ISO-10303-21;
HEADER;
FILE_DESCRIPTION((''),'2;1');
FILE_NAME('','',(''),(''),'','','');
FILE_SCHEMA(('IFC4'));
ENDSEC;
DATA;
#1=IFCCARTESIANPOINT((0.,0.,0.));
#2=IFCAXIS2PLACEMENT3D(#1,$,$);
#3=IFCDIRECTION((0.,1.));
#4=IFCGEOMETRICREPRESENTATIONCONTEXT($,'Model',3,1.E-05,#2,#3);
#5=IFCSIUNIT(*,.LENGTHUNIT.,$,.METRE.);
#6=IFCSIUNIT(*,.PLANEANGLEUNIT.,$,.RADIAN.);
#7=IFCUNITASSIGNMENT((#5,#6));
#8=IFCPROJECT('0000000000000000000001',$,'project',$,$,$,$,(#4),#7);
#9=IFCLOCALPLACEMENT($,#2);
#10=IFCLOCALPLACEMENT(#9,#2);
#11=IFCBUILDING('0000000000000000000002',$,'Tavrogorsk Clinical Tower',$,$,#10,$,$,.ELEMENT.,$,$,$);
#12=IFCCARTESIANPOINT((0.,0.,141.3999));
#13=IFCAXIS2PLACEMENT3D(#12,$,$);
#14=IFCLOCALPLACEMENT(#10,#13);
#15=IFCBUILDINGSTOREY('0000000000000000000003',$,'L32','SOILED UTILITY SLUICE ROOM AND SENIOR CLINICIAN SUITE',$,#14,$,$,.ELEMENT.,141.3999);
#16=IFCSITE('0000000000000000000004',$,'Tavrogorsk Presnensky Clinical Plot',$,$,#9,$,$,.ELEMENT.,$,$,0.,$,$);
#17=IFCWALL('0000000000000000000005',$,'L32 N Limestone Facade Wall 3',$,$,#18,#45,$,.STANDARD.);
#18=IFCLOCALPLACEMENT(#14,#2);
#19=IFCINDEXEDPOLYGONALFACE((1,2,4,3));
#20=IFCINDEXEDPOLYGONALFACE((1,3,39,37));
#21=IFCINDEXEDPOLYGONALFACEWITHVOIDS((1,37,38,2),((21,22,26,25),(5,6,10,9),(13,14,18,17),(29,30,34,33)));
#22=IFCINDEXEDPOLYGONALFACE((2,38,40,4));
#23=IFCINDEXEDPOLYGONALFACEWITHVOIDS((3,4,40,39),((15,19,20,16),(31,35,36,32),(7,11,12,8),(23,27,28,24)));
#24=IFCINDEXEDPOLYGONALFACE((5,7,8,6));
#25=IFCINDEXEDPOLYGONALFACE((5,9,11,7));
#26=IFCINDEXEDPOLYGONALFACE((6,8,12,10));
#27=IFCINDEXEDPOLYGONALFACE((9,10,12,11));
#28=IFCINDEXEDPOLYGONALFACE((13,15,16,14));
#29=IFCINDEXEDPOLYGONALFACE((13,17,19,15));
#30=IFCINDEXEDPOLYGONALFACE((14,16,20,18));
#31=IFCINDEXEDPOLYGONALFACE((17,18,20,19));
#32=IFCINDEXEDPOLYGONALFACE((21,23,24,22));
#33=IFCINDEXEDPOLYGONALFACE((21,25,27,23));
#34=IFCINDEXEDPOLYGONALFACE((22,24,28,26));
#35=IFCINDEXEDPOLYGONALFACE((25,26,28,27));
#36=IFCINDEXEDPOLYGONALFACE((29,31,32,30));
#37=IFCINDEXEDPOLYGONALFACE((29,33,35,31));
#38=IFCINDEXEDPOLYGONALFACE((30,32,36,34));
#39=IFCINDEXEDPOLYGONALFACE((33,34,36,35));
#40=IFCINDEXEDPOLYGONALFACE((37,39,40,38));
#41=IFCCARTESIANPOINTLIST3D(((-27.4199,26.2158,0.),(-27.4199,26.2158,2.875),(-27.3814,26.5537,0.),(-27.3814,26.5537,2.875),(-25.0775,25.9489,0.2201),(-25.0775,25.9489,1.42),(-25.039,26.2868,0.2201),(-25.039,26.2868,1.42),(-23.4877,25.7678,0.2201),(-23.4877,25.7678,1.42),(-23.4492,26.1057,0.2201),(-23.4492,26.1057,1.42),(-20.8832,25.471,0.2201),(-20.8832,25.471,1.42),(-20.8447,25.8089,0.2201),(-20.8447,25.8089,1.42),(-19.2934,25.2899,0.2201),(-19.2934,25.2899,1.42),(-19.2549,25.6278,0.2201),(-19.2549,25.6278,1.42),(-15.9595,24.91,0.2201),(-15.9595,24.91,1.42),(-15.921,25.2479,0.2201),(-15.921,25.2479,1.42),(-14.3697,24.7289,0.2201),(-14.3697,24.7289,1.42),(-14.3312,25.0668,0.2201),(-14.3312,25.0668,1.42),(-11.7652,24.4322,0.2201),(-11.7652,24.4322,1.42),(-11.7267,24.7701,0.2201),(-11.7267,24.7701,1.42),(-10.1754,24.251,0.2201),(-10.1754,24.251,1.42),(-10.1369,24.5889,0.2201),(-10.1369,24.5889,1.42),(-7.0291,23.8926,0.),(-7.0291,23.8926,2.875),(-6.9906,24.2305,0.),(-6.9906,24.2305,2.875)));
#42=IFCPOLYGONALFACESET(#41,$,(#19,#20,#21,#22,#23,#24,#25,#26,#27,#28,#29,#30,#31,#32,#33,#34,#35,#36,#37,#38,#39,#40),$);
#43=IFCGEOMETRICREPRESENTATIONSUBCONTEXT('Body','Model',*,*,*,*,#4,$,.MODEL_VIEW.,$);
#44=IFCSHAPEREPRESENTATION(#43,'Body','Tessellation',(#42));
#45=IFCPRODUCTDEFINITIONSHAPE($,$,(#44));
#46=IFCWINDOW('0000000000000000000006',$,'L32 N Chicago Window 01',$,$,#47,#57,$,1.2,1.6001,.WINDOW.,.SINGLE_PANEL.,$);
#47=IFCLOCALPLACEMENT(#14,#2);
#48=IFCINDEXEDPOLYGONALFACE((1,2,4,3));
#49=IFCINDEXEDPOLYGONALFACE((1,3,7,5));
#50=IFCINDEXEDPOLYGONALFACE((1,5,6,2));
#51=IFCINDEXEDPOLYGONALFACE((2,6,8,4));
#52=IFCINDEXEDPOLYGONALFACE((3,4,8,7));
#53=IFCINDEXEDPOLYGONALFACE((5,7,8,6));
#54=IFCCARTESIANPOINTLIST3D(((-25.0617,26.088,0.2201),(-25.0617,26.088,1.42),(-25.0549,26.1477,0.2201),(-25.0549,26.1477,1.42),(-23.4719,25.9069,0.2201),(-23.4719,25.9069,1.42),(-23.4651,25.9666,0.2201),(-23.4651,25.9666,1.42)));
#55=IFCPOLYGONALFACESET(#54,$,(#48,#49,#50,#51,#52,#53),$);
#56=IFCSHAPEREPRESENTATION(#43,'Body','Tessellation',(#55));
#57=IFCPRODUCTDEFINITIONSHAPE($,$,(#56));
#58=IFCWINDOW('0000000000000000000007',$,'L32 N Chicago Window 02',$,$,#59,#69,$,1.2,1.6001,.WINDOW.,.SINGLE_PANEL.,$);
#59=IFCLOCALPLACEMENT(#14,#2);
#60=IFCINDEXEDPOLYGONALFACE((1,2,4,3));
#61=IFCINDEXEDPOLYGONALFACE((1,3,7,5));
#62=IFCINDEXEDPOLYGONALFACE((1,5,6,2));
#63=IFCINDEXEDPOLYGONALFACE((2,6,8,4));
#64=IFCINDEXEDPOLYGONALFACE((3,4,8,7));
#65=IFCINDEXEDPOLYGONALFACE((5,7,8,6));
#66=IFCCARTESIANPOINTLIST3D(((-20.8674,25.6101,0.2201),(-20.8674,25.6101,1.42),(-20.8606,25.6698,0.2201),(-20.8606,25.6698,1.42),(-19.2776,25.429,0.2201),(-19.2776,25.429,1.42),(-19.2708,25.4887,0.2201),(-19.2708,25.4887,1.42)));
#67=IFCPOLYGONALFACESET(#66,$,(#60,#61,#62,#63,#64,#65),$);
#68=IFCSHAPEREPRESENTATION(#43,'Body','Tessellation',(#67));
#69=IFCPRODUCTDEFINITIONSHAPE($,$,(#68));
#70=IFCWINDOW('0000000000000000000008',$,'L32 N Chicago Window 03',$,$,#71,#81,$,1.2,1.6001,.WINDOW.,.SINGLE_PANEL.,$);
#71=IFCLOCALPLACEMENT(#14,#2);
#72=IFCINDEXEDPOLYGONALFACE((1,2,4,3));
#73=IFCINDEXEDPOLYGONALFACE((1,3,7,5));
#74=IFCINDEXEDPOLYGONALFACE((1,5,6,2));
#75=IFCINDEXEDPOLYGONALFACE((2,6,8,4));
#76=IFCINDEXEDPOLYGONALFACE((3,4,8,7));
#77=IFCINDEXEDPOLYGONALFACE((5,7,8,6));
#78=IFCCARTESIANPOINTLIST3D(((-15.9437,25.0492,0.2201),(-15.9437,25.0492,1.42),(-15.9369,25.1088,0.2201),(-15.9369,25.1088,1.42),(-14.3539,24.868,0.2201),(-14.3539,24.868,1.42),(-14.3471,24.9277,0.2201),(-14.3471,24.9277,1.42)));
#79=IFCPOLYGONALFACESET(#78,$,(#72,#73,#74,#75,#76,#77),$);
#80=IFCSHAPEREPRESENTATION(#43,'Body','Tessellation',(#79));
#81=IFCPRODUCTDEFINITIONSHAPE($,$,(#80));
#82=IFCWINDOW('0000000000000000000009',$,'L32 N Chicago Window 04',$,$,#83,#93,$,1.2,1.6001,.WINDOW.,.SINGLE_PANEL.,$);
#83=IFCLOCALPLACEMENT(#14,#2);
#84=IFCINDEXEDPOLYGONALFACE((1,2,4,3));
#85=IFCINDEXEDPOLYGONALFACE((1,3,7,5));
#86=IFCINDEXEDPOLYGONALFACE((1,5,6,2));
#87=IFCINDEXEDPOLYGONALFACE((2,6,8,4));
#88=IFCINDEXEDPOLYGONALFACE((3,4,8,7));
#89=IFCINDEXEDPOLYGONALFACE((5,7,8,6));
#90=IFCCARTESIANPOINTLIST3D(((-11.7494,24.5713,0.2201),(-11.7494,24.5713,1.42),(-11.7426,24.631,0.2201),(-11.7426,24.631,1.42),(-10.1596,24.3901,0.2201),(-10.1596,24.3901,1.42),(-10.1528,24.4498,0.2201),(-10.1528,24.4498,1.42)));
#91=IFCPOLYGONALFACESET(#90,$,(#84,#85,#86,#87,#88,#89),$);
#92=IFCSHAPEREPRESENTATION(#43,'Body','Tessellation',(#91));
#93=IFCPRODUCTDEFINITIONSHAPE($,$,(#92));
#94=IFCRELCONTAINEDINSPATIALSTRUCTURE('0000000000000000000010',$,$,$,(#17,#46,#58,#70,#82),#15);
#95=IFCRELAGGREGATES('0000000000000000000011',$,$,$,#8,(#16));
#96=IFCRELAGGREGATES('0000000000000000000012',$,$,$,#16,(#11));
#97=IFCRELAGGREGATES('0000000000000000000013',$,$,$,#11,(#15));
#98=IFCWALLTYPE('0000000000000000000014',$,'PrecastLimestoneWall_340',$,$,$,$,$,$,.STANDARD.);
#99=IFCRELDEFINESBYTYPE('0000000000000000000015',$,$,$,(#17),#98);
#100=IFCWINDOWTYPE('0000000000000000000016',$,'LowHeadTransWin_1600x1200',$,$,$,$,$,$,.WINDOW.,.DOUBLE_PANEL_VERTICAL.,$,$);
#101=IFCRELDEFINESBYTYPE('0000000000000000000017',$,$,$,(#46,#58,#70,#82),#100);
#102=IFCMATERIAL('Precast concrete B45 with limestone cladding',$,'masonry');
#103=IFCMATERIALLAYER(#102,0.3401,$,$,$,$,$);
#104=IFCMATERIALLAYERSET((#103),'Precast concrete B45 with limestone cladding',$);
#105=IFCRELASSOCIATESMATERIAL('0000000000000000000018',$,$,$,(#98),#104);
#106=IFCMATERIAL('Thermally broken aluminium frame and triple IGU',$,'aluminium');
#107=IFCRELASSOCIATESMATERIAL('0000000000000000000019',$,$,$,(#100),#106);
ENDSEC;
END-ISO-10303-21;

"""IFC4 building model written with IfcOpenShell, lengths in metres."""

from ifc_helpers import new_model, si_unit, direction, frame, frame_2d, origin, place, context, subcontext, project, spatial, rectangle, extrude, material, layer, layer_set, type_object, element, fill, save


model = new_model("IFC4")

# Units and contexts
model_context = context("Model", 3, precision=1e-05, world=origin(), true_north=direction((0.0, 1.0)))
body_context = subcontext(model_context, "Body", "Model", "MODEL_VIEW")
ifc_project = project(units=[si_unit("LENGTHUNIT", "METRE"), si_unit("PLANEANGLEUNIT", "RADIAN")], contexts=[model_context])

# Site, building, storey
site_placement = place(None, origin())
site = spatial("IfcSite", under=ifc_project, at=site_placement, Name="Tavrogorsk Presnensky Clinical Plot", CompositionType="ELEMENT", RefElevation=0.0)
building_placement = place(site_placement, origin())
building = spatial("IfcBuilding", under=site, at=building_placement, Name="Tavrogorsk Clinical Tower", CompositionType="ELEMENT")
storey_placement = place(building_placement, frame((0.0, 0.0, 141.3999)))
storey = spatial("IfcBuildingStorey", under=building, at=storey_placement, Name="L32", Description="SOILED UTILITY SLUICE ROOM AND SENIOR CLINICIAN SUITE", CompositionType="ELEMENT", Elevation=141.3999)

# Wall, openings, windows
ifc_material_1 = material(Name="Precast concrete B45 with limestone cladding", Category="masonry")
ifc_layer_1 = layer(ifc_material_1, 0.3401)
ifc_layer_set_1 = layer_set([ifc_layer_1], Name="Precast concrete B45 with limestone cladding")
wall_type_1 = type_object("IfcWallType", Name="PrecastLimestoneWall_340", PredefinedType="STANDARD", material=ifc_layer_set_1)
wall_1_placement = place(storey_placement, frame((-7.01, 24.0615, 0.0), z_axis=(0.0, 0.0, 1.0), x_axis=(-0.993572, 0.113203, 0.0)))
wall_1 = element("IfcWall", 1, at=wall_1_placement, inside=storey, type_object=wall_type_1, Name="L32 N Limestone Facade Wall 3", PredefinedType="STANDARD", context=body_context, shape_type="SweptSolid", body=[
    extrude(rectangle(XDim=20.5227, YDim=0.3401, at=frame_2d((10.2612, 0.0))), origin(), (0.0, 0.0, 1.0), 2.875),
])
opening_1_placement = place(wall_1_placement, frame((16.5649, 0.0, 0.22)))
opening_1 = element("IfcOpeningElement", 2, at=opening_1_placement, cuts=wall_1, PredefinedType="OPENING", context=body_context, shape_type="SweptSolid", body=[
    extrude(rectangle(XDim=1.6001, YDim=1.2, at=frame_2d((0.8, 0.6001))), frame((0.0, 0.1799, 0.0), z_axis=(0.0, -1.0, 0.0), x_axis=(1.0, 0.0, 0.0)), (0.0, 0.0, 1.0), 0.3601),
])
opening_2_placement = place(wall_1_placement, frame((12.3435, 0.0, 0.22)))
opening_2 = element("IfcOpeningElement", 3, at=opening_2_placement, cuts=wall_1, PredefinedType="OPENING", context=body_context, shape_type="SweptSolid", body=[
    extrude(rectangle(XDim=1.6001, YDim=1.2, at=frame_2d((0.8, 0.6001))), frame((0.0, 0.1799, 0.0), z_axis=(0.0, -1.0, 0.0), x_axis=(1.0, 0.0, 0.0)), (0.0, 0.0, 1.0), 0.3601),
])
opening_3_placement = place(wall_1_placement, frame((7.3879, 0.0, 0.22)))
opening_3 = element("IfcOpeningElement", 4, at=opening_3_placement, cuts=wall_1, PredefinedType="OPENING", context=body_context, shape_type="SweptSolid", body=[
    extrude(rectangle(XDim=1.6001, YDim=1.2, at=frame_2d((0.8, 0.6001))), frame((0.0, 0.1799, 0.0), z_axis=(0.0, -1.0, 0.0), x_axis=(1.0, 0.0, 0.0)), (0.0, 0.0, 1.0), 0.3601),
])
opening_4_placement = place(wall_1_placement, frame((3.1665, 0.0, 0.22)))
opening_4 = element("IfcOpeningElement", 5, at=opening_4_placement, cuts=wall_1, PredefinedType="OPENING", context=body_context, shape_type="SweptSolid", body=[
    extrude(rectangle(XDim=1.6001, YDim=1.2, at=frame_2d((0.8, 0.6001))), frame((0.0, 0.1799, 0.0), z_axis=(0.0, -1.0, 0.0), x_axis=(1.0, 0.0, 0.0)), (0.0, 0.0, 1.0), 0.3601),
])
ifc_material_2 = material(Name="Thermally broken aluminium frame and triple IGU", Category="aluminium")
window_type = type_object("IfcWindowType", Name="LowHeadTransWin_1600x1200", PartitioningType="DOUBLE_PANEL_VERTICAL", PredefinedType="WINDOW", material=ifc_material_2)
window_1_placement = place(opening_1_placement, origin())
window_1 = element("IfcWindow", 6, at=window_1_placement, inside=storey, type_object=window_type, Name="L32 N Chicago Window 01", OverallHeight=1.2, OverallWidth=1.6001, PartitioningType="SINGLE_PANEL", PredefinedType="WINDOW", context=body_context, shape_type="SweptSolid", body=[
    extrude(rectangle(XDim=1.6001, YDim=1.2, at=frame_2d((0.8, 0.6001))), frame((0.0, 0.03, 0.0), z_axis=(0.0, -1.0, 0.0), x_axis=(1.0, 0.0, 0.0)), (0.0, 0.0, 1.0), 0.0601),
])
fill(opening_1, window_1)
window_2_placement = place(opening_2_placement, origin())
window_2 = element("IfcWindow", 7, at=window_2_placement, inside=storey, type_object=window_type, Name="L32 N Chicago Window 02", OverallHeight=1.2, OverallWidth=1.6001, PartitioningType="SINGLE_PANEL", PredefinedType="WINDOW", context=body_context, shape_type="SweptSolid", body=[
    extrude(rectangle(XDim=1.6001, YDim=1.2, at=frame_2d((0.8, 0.6001))), frame((0.0, 0.03, 0.0), z_axis=(0.0, -1.0, 0.0), x_axis=(1.0, 0.0, 0.0)), (0.0, 0.0, 1.0), 0.0601),
])
fill(opening_2, window_2)
window_3_placement = place(opening_3_placement, origin())
window_3 = element("IfcWindow", 8, at=window_3_placement, inside=storey, type_object=window_type, Name="L32 N Chicago Window 03", OverallHeight=1.2, OverallWidth=1.6001, PartitioningType="SINGLE_PANEL", PredefinedType="WINDOW", context=body_context, shape_type="SweptSolid", body=[
    extrude(rectangle(XDim=1.6001, YDim=1.2, at=frame_2d((0.8, 0.6001))), frame((0.0, 0.03, 0.0), z_axis=(0.0, -1.0, 0.0), x_axis=(1.0, 0.0, 0.0)), (0.0, 0.0, 1.0), 0.0601),
])
fill(opening_3, window_3)
window_4_placement = place(opening_4_placement, origin())
window_4 = element("IfcWindow", 9, at=window_4_placement, inside=storey, type_object=window_type, Name="L32 N Chicago Window 04", OverallHeight=1.2, OverallWidth=1.6001, PartitioningType="SINGLE_PANEL", PredefinedType="WINDOW", context=body_context, shape_type="SweptSolid", body=[
    extrude(rectangle(XDim=1.6001, YDim=1.2, at=frame_2d((0.8, 0.6001))), frame((0.0, 0.03, 0.0), z_axis=(0.0, -1.0, 0.0), x_axis=(1.0, 0.0, 0.0)), (0.0, 0.0, 1.0), 0.0601),
])
fill(opening_4, window_4)

save(model, "model.ifc")
